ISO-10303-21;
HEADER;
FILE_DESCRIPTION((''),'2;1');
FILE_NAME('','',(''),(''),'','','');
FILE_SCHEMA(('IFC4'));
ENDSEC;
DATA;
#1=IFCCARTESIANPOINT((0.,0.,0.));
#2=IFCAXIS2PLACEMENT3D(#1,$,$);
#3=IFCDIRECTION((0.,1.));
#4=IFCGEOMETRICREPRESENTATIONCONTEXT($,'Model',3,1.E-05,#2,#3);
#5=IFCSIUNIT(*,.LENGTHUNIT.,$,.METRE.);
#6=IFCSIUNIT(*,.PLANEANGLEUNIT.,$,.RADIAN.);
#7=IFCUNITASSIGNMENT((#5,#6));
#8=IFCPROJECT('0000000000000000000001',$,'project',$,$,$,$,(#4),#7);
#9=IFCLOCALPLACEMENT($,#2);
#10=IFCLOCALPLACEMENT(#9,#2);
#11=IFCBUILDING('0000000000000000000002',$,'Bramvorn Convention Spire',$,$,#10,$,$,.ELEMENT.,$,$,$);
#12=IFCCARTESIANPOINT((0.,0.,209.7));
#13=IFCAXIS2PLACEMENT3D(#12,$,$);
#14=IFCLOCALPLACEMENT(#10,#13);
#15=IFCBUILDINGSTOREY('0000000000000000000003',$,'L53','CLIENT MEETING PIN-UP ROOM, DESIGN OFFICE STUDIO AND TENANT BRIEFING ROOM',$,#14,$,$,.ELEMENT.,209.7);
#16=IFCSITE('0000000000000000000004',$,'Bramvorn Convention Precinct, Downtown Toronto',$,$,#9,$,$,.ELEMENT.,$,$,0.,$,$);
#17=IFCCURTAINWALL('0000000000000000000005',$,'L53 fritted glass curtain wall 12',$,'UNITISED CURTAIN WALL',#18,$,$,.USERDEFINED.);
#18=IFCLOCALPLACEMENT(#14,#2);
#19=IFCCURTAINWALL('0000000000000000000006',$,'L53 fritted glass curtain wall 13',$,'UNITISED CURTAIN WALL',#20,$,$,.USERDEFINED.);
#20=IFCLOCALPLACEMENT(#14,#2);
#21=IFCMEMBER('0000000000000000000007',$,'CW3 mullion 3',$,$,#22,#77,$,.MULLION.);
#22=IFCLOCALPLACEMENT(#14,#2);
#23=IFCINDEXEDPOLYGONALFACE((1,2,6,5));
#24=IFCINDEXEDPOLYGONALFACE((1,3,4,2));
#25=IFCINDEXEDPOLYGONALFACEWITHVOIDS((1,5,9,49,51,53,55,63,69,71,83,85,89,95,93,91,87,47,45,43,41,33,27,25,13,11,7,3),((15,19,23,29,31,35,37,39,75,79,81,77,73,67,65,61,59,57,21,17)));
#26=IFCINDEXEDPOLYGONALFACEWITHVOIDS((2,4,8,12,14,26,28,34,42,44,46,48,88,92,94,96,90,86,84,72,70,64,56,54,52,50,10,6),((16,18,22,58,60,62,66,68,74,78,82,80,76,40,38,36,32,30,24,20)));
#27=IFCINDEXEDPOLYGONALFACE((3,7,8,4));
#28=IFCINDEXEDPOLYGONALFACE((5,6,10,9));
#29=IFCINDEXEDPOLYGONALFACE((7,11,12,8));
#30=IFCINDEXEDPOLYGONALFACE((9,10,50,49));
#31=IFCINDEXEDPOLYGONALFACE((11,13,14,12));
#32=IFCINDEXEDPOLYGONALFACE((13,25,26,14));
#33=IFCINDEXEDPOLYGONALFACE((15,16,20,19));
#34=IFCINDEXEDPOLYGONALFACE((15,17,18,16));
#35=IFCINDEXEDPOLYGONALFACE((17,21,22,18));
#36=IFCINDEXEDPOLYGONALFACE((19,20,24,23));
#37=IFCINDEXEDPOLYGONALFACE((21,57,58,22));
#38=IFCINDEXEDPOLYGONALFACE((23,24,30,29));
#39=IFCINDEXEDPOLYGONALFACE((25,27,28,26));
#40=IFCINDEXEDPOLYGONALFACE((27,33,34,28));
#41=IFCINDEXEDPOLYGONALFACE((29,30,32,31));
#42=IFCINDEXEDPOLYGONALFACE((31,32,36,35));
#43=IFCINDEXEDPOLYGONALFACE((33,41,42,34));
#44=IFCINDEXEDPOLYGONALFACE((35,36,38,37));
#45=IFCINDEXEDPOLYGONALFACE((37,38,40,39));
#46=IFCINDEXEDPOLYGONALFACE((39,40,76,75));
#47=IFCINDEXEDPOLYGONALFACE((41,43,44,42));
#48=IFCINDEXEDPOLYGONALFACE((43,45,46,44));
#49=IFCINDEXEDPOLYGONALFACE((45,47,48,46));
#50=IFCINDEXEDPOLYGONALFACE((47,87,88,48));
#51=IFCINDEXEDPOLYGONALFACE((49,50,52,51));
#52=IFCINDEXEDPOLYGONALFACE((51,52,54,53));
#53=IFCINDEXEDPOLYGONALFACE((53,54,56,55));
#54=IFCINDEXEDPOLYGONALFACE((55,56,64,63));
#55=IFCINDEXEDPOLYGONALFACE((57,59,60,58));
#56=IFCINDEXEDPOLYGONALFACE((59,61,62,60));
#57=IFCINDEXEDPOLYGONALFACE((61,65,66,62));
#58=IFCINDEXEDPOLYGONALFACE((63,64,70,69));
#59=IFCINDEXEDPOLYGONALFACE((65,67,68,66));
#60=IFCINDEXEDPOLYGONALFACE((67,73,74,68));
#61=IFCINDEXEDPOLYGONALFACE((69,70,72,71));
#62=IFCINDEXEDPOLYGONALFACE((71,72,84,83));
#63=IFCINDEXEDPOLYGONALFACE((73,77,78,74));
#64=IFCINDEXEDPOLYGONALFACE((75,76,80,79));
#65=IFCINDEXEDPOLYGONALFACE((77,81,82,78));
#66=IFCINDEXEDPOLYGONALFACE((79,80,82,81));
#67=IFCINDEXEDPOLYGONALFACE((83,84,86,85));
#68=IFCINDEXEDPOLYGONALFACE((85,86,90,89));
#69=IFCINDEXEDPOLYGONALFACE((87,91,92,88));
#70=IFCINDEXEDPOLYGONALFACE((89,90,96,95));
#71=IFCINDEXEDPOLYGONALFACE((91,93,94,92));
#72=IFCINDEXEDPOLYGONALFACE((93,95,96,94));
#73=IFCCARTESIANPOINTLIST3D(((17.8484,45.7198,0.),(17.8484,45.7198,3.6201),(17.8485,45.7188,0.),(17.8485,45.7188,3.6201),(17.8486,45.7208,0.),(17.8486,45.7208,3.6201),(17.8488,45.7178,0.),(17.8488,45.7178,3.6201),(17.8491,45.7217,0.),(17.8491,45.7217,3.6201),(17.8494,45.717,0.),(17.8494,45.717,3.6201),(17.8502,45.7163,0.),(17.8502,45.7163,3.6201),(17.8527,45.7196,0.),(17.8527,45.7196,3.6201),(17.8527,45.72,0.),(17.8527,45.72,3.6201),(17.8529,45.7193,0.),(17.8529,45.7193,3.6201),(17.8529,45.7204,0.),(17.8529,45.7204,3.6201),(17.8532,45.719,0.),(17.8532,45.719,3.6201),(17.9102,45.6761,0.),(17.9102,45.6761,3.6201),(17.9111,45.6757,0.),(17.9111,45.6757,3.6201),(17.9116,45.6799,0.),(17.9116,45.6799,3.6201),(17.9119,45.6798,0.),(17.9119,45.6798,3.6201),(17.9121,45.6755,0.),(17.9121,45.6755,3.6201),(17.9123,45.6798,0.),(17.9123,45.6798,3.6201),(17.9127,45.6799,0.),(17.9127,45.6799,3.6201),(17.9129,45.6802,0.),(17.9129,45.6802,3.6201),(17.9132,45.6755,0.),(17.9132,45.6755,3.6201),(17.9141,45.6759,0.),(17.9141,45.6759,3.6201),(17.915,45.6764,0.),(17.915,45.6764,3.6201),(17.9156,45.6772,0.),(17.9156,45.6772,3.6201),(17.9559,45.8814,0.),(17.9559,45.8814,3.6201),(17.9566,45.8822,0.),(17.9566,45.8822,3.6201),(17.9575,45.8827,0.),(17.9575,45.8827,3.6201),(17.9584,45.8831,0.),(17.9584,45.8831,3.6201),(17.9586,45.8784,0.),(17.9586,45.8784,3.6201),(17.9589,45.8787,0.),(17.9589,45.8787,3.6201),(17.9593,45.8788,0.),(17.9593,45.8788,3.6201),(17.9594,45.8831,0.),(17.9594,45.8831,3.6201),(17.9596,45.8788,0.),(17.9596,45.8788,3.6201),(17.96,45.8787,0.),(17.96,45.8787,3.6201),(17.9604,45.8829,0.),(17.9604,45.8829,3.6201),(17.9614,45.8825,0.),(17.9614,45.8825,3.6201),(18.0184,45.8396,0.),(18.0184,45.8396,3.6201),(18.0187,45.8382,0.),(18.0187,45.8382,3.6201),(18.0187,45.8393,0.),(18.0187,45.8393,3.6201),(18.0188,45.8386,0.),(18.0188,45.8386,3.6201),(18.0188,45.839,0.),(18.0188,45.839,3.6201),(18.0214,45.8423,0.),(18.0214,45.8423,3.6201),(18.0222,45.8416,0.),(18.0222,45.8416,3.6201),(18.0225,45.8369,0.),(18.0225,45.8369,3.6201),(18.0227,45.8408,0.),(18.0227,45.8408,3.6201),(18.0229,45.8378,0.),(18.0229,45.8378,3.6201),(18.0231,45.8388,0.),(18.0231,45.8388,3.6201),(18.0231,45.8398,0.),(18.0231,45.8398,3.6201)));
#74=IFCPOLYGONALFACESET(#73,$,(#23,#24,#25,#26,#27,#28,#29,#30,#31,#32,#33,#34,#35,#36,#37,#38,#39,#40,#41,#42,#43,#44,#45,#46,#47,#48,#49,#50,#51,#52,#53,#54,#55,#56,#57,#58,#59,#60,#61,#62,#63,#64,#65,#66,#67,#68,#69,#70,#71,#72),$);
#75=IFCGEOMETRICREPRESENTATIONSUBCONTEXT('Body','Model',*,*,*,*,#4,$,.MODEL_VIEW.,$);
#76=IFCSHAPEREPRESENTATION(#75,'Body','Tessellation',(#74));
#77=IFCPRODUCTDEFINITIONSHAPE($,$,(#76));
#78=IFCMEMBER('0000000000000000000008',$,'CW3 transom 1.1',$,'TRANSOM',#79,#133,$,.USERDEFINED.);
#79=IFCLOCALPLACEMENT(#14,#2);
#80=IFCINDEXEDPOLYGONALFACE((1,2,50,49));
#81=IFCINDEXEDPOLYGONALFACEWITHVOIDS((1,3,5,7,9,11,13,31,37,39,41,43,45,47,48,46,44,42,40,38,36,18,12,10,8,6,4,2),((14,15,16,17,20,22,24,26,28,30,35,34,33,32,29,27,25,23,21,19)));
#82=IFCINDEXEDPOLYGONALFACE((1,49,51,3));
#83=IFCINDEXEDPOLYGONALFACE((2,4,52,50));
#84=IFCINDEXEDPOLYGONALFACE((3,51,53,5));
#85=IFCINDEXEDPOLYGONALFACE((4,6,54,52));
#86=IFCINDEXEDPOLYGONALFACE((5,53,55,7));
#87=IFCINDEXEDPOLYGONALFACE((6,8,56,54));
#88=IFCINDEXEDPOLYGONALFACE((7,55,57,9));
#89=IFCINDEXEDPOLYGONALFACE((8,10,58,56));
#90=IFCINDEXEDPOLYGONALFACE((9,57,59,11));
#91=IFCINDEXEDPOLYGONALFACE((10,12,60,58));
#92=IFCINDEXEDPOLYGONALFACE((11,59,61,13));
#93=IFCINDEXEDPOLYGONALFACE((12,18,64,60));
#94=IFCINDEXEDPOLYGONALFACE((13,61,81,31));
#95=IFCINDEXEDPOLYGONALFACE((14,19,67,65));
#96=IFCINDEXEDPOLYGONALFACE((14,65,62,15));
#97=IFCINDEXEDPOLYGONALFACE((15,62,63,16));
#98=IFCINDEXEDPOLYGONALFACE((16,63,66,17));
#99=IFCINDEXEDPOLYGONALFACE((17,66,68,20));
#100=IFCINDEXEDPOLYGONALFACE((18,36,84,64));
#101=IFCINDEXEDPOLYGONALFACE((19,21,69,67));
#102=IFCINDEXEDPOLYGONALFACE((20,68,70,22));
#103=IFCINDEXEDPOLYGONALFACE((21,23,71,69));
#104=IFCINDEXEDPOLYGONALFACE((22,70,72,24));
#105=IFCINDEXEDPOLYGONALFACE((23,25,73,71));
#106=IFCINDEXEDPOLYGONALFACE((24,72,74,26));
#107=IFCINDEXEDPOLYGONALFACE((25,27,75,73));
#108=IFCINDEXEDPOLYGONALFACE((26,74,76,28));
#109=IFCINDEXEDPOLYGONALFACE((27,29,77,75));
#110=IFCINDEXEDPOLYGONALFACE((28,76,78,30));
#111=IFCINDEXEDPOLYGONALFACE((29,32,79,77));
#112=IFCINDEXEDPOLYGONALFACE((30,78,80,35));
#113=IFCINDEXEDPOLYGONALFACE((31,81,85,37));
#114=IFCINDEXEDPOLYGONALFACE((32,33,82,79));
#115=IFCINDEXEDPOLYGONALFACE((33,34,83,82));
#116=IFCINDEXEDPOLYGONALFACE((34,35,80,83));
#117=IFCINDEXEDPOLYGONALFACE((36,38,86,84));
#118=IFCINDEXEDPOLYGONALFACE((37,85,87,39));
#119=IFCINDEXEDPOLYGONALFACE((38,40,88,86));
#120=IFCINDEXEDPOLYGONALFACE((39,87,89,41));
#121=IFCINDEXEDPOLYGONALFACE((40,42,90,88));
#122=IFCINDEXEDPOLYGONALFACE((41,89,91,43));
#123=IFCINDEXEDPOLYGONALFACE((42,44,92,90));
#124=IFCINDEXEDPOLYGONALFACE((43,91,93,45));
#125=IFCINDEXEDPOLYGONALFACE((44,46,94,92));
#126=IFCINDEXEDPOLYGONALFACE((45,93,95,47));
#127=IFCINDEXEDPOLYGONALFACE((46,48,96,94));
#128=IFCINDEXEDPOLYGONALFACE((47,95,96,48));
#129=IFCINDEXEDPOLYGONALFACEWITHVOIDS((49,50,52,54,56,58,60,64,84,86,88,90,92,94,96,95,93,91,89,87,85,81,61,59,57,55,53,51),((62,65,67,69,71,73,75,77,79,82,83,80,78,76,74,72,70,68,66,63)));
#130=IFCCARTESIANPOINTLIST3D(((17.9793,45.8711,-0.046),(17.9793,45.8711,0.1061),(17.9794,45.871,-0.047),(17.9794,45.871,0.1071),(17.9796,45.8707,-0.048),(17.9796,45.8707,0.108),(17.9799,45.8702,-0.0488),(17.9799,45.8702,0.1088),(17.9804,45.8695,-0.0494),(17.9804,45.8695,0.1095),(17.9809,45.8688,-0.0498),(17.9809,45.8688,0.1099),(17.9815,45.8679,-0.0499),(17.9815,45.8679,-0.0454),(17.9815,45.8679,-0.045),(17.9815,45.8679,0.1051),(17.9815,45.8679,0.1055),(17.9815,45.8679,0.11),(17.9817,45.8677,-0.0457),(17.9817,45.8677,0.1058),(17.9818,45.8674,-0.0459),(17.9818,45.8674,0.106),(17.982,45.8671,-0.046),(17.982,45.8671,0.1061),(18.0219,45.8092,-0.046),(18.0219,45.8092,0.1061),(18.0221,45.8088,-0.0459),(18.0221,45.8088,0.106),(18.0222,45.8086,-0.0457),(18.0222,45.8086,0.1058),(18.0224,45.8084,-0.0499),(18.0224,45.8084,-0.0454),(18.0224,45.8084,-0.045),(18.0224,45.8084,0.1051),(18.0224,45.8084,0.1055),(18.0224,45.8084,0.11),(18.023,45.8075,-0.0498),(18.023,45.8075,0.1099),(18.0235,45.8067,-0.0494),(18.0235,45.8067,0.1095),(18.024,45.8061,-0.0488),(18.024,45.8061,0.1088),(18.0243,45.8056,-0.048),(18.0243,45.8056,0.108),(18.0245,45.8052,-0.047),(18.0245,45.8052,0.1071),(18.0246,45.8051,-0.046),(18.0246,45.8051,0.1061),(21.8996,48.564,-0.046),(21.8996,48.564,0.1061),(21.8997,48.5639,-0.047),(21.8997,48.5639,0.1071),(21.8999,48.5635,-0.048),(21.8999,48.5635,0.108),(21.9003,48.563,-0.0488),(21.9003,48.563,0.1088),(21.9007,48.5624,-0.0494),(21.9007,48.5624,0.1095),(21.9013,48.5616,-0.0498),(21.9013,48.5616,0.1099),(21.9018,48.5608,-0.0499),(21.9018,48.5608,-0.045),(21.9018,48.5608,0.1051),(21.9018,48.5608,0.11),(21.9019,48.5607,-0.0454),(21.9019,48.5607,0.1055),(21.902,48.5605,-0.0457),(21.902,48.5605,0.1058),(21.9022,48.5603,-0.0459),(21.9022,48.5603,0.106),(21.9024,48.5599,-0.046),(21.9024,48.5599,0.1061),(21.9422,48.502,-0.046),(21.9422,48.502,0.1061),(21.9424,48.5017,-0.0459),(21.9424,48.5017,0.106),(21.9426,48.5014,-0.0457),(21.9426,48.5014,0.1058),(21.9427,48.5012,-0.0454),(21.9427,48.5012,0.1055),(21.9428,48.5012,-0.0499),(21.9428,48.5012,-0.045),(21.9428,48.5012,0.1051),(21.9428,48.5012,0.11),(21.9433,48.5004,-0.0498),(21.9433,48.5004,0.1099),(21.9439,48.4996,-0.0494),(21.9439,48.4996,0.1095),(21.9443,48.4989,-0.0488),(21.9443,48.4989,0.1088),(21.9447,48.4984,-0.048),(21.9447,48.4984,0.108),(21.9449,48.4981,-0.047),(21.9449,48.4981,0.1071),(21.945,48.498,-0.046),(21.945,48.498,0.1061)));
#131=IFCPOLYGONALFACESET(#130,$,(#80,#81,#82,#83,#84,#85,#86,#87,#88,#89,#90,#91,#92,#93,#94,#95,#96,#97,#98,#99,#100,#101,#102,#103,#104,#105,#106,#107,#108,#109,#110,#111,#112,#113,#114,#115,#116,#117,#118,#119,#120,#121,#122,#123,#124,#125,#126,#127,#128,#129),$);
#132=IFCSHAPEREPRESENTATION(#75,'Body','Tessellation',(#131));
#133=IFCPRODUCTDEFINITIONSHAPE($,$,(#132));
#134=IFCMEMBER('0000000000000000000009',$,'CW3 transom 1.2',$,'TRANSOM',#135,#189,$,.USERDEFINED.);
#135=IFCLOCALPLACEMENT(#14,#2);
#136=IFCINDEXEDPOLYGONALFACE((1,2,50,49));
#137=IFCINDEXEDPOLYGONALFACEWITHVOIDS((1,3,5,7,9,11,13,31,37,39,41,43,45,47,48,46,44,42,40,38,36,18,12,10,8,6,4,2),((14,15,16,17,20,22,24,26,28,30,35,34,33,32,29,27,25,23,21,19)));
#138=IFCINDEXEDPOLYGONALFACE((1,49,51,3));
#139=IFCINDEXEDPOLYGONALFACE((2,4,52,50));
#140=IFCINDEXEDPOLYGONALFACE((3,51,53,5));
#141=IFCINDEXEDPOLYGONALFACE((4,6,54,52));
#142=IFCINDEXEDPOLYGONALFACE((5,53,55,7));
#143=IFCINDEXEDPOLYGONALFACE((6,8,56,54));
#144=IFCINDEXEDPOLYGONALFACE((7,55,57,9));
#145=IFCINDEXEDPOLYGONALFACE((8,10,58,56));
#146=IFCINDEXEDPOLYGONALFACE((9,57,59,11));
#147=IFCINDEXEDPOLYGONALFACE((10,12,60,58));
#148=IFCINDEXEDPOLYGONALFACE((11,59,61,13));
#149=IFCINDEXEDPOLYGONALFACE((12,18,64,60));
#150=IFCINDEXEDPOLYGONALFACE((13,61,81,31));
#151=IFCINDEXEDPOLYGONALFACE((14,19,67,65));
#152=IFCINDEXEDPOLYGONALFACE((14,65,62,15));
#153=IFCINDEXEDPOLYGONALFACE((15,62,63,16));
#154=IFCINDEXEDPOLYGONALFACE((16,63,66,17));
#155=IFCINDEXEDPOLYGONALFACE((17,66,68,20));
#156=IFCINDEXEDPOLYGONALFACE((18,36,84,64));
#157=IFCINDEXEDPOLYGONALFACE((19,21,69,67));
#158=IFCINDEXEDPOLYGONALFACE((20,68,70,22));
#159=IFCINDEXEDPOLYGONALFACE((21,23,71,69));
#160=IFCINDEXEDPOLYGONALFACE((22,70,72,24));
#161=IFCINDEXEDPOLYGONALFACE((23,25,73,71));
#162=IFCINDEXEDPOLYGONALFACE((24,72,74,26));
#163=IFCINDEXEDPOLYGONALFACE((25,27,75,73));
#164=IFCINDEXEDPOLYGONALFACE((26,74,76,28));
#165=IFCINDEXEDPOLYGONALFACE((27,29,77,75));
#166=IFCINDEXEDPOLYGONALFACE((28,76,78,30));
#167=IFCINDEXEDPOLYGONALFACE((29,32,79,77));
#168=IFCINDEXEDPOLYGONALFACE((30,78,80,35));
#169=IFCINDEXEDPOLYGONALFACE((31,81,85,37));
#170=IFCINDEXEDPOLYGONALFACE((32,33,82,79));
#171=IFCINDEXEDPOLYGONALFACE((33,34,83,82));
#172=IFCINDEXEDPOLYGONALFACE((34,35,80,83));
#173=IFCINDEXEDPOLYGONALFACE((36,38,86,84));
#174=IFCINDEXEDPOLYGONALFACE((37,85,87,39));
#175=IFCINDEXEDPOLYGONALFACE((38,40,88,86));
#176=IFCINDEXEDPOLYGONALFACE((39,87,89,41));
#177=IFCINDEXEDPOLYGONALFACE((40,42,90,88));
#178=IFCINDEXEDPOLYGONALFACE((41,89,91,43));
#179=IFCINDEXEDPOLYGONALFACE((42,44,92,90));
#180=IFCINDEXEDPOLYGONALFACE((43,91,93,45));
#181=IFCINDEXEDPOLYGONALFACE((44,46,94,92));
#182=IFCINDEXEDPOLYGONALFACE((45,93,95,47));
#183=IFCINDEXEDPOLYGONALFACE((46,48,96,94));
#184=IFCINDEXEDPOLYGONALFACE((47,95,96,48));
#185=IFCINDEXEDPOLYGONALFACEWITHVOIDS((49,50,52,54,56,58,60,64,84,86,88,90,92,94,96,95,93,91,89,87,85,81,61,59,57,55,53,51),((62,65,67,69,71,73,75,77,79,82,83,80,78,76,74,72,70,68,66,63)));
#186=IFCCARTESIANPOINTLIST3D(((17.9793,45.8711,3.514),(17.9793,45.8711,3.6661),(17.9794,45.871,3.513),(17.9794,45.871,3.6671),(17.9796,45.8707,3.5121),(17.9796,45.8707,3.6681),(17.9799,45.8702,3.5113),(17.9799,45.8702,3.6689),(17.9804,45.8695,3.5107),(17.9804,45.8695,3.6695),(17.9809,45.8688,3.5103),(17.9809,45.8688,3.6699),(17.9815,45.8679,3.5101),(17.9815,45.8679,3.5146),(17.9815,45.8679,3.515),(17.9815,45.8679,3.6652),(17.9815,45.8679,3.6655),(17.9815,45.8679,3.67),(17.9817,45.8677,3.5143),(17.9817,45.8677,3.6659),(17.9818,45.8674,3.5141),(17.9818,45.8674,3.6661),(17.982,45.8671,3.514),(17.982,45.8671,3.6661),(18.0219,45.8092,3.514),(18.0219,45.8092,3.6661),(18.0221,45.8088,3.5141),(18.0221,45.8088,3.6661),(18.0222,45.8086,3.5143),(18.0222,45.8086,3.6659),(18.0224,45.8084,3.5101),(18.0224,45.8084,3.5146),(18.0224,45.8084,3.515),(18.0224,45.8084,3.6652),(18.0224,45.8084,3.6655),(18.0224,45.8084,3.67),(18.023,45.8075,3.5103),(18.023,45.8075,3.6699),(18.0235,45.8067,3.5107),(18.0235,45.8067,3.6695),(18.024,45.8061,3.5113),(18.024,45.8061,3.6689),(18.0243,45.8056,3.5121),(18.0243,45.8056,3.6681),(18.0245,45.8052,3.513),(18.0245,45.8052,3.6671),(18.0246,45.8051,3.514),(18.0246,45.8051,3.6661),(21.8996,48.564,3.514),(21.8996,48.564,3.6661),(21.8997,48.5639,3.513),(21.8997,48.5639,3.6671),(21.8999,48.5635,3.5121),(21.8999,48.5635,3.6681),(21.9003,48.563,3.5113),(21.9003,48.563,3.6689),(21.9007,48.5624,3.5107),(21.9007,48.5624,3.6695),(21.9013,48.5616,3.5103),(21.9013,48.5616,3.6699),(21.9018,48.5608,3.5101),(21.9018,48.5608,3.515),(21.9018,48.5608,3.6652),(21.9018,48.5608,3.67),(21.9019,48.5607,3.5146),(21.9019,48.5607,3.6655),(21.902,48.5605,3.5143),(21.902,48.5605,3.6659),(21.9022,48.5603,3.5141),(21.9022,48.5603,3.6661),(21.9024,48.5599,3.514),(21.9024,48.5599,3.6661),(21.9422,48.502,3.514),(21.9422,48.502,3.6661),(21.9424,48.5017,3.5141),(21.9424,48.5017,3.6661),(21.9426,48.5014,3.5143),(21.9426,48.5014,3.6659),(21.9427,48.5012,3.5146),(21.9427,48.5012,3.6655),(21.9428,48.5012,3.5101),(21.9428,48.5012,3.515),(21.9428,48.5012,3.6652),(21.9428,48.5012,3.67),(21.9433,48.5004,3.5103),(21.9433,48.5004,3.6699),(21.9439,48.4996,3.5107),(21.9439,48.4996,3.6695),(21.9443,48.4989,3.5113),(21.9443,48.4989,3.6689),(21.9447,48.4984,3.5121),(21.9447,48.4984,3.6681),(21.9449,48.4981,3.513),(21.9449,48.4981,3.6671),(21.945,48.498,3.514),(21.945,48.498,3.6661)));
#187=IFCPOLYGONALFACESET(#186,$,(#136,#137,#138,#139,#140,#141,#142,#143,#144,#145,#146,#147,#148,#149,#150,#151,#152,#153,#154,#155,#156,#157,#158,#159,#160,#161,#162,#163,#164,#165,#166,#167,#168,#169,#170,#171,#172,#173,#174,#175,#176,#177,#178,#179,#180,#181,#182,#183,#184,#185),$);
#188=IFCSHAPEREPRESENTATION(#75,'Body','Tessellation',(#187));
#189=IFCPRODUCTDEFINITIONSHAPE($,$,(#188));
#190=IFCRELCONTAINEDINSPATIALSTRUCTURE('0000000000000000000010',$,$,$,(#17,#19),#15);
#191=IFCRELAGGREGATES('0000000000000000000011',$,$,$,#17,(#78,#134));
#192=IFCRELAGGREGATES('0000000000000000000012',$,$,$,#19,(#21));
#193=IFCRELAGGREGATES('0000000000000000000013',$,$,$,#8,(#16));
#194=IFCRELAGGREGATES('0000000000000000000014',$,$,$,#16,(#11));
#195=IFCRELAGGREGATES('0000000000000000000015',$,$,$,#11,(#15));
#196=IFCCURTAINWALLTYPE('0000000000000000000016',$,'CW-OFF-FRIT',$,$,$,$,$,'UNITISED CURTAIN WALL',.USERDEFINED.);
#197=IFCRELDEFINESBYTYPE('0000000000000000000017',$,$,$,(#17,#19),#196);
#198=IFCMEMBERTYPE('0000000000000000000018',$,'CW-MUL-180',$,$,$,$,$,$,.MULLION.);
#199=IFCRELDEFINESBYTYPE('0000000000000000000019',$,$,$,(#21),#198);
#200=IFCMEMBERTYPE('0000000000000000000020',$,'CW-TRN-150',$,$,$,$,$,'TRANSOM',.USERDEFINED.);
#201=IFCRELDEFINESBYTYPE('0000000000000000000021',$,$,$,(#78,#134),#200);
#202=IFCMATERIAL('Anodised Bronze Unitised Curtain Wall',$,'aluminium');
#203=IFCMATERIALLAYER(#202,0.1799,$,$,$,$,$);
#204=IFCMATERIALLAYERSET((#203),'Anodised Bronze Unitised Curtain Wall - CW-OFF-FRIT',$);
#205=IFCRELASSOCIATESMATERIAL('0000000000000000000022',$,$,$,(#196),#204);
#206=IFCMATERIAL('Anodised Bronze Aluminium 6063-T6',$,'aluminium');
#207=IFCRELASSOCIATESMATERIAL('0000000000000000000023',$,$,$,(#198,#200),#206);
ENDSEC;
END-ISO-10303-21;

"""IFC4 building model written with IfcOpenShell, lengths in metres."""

from ifc_helpers import new_model, si_unit, direction, frame, origin, origin_2d, place, context, subcontext, project, spatial, hollow_rectangle, extrude, material, layer, layer_set, material_profile, profile_set, type_object, element, aggregate, save


model = new_model("IFC4")

# Units and contexts
model_context = context("Model", 3, precision=1e-05, world=origin(), true_north=direction((0.0, 1.0)))
body_context = subcontext(model_context, "Body", "Model", "MODEL_VIEW")
ifc_project = project(units=[si_unit("LENGTHUNIT", "METRE"), si_unit("PLANEANGLEUNIT", "RADIAN")], contexts=[model_context])

# Site, building, storey
site_placement = place(None, origin())
site = spatial("IfcSite", under=ifc_project, at=site_placement, Name="Bramvorn Convention Precinct, Downtown Toronto", CompositionType="ELEMENT", RefElevation=0.0)
building_placement = place(site_placement, origin())
building = spatial("IfcBuilding", under=site, at=building_placement, Name="Bramvorn Convention Spire", CompositionType="ELEMENT")
storey_placement = place(building_placement, frame((0.0, 0.0, 209.7)))
storey = spatial("IfcBuildingStorey", under=building, at=storey_placement, Name="L53", Description="CLIENT MEETING PIN-UP ROOM, DESIGN OFFICE STUDIO AND TENANT BRIEFING ROOM", CompositionType="ELEMENT", Elevation=209.7)

# Curtain walls, member
ifc_material_1 = material(Name="Anodised Bronze Unitised Curtain Wall", Category="aluminium")
ifc_layer_1 = layer(ifc_material_1, 0.1799)
ifc_layer_set_1 = layer_set([ifc_layer_1], Name="Anodised Bronze Unitised Curtain Wall - CW-OFF-FRIT")
curtain_wall_type = type_object("IfcCurtainWallType", Name="CW-OFF-FRIT", ElementType="UNITISED CURTAIN WALL", PredefinedType="USERDEFINED", material=ifc_layer_set_1)
curtain_wall_1_placement = place(storey_placement, origin())
curtain_wall_1 = element("IfcCurtainWall", 1, at=curtain_wall_1_placement, inside=storey, type_object=curtain_wall_type, Name="L53 fritted glass curtain wall 12", ObjectType="UNITISED CURTAIN WALL", PredefinedType="USERDEFINED")
ifc_material_2 = material(Name="Anodised Bronze Aluminium 6063-T6", Category="aluminium")
ifc_material_profile_1 = material_profile(ifc_material_2, hollow_rectangle(XDim=0.0801, YDim=0.2, WallThickness=0.0039, InnerFilletRadius=0.001, OuterFilletRadius=0.0039, at=origin_2d()))
ifc_profile_set_1 = profile_set([ifc_material_profile_1], Name="Anodised Bronze Aluminium 6063-T6 - CWM80X200")
member_type_1 = type_object("IfcMemberType", Name="CW-MUL-180", PredefinedType="MULLION", material=ifc_profile_set_1)
curtain_wall_2_placement = place(storey_placement, origin())
curtain_wall_2 = element("IfcCurtainWall", 2, at=curtain_wall_2_placement, inside=storey, type_object=curtain_wall_type, Name="L53 fritted glass curtain wall 13", ObjectType="UNITISED CURTAIN WALL", PredefinedType="USERDEFINED")
member_1_placement = place(storey_placement, frame((17.9358, 45.7793, 0.0), z_axis=(0.0, 0.0, 1.0), x_axis=(-0.831144, 0.556058, 0.0)))
member_1 = element("IfcMember", 3, at=member_1_placement, type_object=member_type_1, Name="CW3 mullion 3", PredefinedType="MULLION", context=body_context, shape_type="SweptSolid", body=[
    extrude(hollow_rectangle(XDim=0.0801, YDim=0.2, WallThickness=0.0039, InnerFilletRadius=0.001, OuterFilletRadius=0.0039, at=origin_2d()), origin(), (0.0, 0.0, 1.0), 3.6201),
])

# Members
ifc_material_profile_2 = material_profile(ifc_material_2, hollow_rectangle(XDim=0.0801, YDim=0.1599, WallThickness=0.0039, InnerFilletRadius=0.001, OuterFilletRadius=0.0039, at=origin_2d()))
ifc_profile_set_2 = profile_set([ifc_material_profile_2], Name="Anodised Bronze Aluminium 6063-T6 - CWT80X160")
member_type_2 = type_object("IfcMemberType", Name="CW-TRN-150", ElementType="TRANSOM", PredefinedType="USERDEFINED", material=ifc_profile_set_2)
member_2_placement = place(storey_placement, frame((18.002, 45.8381, 0.03), z_axis=(0.824278, 0.566185, 0.0), x_axis=(-0.566185, 0.824278, 0.0)))
member_2 = element("IfcMember", 4, at=member_2_placement, type_object=member_type_2, Name="CW3 transom 1.1", ObjectType="TRANSOM", PredefinedType="USERDEFINED", context=body_context, shape_type="SweptSolid", body=[
    extrude(hollow_rectangle(XDim=0.0801, YDim=0.1599, WallThickness=0.0039, InnerFilletRadius=0.001, OuterFilletRadius=0.0039, at=origin_2d()), origin(), (0.0, 0.0, 1.0), 4.7561),
])
member_3_placement = place(storey_placement, frame((18.002, 45.8381, 3.5901), z_axis=(0.824278, 0.566185, 0.0), x_axis=(-0.566185, 0.824278, 0.0)))
member_3 = element("IfcMember", 5, at=member_3_placement, type_object=member_type_2, Name="CW3 transom 1.2", ObjectType="TRANSOM", PredefinedType="USERDEFINED", context=body_context, shape_type="SweptSolid", body=[
    extrude(hollow_rectangle(XDim=0.0801, YDim=0.1599, WallThickness=0.0039, InnerFilletRadius=0.001, OuterFilletRadius=0.0039, at=origin_2d()), origin(), (0.0, 0.0, 1.0), 4.7561),
])

aggregate(curtain_wall_1, [member_2, member_3])
aggregate(curtain_wall_2, [member_1])

save(model, "model.ifc")
